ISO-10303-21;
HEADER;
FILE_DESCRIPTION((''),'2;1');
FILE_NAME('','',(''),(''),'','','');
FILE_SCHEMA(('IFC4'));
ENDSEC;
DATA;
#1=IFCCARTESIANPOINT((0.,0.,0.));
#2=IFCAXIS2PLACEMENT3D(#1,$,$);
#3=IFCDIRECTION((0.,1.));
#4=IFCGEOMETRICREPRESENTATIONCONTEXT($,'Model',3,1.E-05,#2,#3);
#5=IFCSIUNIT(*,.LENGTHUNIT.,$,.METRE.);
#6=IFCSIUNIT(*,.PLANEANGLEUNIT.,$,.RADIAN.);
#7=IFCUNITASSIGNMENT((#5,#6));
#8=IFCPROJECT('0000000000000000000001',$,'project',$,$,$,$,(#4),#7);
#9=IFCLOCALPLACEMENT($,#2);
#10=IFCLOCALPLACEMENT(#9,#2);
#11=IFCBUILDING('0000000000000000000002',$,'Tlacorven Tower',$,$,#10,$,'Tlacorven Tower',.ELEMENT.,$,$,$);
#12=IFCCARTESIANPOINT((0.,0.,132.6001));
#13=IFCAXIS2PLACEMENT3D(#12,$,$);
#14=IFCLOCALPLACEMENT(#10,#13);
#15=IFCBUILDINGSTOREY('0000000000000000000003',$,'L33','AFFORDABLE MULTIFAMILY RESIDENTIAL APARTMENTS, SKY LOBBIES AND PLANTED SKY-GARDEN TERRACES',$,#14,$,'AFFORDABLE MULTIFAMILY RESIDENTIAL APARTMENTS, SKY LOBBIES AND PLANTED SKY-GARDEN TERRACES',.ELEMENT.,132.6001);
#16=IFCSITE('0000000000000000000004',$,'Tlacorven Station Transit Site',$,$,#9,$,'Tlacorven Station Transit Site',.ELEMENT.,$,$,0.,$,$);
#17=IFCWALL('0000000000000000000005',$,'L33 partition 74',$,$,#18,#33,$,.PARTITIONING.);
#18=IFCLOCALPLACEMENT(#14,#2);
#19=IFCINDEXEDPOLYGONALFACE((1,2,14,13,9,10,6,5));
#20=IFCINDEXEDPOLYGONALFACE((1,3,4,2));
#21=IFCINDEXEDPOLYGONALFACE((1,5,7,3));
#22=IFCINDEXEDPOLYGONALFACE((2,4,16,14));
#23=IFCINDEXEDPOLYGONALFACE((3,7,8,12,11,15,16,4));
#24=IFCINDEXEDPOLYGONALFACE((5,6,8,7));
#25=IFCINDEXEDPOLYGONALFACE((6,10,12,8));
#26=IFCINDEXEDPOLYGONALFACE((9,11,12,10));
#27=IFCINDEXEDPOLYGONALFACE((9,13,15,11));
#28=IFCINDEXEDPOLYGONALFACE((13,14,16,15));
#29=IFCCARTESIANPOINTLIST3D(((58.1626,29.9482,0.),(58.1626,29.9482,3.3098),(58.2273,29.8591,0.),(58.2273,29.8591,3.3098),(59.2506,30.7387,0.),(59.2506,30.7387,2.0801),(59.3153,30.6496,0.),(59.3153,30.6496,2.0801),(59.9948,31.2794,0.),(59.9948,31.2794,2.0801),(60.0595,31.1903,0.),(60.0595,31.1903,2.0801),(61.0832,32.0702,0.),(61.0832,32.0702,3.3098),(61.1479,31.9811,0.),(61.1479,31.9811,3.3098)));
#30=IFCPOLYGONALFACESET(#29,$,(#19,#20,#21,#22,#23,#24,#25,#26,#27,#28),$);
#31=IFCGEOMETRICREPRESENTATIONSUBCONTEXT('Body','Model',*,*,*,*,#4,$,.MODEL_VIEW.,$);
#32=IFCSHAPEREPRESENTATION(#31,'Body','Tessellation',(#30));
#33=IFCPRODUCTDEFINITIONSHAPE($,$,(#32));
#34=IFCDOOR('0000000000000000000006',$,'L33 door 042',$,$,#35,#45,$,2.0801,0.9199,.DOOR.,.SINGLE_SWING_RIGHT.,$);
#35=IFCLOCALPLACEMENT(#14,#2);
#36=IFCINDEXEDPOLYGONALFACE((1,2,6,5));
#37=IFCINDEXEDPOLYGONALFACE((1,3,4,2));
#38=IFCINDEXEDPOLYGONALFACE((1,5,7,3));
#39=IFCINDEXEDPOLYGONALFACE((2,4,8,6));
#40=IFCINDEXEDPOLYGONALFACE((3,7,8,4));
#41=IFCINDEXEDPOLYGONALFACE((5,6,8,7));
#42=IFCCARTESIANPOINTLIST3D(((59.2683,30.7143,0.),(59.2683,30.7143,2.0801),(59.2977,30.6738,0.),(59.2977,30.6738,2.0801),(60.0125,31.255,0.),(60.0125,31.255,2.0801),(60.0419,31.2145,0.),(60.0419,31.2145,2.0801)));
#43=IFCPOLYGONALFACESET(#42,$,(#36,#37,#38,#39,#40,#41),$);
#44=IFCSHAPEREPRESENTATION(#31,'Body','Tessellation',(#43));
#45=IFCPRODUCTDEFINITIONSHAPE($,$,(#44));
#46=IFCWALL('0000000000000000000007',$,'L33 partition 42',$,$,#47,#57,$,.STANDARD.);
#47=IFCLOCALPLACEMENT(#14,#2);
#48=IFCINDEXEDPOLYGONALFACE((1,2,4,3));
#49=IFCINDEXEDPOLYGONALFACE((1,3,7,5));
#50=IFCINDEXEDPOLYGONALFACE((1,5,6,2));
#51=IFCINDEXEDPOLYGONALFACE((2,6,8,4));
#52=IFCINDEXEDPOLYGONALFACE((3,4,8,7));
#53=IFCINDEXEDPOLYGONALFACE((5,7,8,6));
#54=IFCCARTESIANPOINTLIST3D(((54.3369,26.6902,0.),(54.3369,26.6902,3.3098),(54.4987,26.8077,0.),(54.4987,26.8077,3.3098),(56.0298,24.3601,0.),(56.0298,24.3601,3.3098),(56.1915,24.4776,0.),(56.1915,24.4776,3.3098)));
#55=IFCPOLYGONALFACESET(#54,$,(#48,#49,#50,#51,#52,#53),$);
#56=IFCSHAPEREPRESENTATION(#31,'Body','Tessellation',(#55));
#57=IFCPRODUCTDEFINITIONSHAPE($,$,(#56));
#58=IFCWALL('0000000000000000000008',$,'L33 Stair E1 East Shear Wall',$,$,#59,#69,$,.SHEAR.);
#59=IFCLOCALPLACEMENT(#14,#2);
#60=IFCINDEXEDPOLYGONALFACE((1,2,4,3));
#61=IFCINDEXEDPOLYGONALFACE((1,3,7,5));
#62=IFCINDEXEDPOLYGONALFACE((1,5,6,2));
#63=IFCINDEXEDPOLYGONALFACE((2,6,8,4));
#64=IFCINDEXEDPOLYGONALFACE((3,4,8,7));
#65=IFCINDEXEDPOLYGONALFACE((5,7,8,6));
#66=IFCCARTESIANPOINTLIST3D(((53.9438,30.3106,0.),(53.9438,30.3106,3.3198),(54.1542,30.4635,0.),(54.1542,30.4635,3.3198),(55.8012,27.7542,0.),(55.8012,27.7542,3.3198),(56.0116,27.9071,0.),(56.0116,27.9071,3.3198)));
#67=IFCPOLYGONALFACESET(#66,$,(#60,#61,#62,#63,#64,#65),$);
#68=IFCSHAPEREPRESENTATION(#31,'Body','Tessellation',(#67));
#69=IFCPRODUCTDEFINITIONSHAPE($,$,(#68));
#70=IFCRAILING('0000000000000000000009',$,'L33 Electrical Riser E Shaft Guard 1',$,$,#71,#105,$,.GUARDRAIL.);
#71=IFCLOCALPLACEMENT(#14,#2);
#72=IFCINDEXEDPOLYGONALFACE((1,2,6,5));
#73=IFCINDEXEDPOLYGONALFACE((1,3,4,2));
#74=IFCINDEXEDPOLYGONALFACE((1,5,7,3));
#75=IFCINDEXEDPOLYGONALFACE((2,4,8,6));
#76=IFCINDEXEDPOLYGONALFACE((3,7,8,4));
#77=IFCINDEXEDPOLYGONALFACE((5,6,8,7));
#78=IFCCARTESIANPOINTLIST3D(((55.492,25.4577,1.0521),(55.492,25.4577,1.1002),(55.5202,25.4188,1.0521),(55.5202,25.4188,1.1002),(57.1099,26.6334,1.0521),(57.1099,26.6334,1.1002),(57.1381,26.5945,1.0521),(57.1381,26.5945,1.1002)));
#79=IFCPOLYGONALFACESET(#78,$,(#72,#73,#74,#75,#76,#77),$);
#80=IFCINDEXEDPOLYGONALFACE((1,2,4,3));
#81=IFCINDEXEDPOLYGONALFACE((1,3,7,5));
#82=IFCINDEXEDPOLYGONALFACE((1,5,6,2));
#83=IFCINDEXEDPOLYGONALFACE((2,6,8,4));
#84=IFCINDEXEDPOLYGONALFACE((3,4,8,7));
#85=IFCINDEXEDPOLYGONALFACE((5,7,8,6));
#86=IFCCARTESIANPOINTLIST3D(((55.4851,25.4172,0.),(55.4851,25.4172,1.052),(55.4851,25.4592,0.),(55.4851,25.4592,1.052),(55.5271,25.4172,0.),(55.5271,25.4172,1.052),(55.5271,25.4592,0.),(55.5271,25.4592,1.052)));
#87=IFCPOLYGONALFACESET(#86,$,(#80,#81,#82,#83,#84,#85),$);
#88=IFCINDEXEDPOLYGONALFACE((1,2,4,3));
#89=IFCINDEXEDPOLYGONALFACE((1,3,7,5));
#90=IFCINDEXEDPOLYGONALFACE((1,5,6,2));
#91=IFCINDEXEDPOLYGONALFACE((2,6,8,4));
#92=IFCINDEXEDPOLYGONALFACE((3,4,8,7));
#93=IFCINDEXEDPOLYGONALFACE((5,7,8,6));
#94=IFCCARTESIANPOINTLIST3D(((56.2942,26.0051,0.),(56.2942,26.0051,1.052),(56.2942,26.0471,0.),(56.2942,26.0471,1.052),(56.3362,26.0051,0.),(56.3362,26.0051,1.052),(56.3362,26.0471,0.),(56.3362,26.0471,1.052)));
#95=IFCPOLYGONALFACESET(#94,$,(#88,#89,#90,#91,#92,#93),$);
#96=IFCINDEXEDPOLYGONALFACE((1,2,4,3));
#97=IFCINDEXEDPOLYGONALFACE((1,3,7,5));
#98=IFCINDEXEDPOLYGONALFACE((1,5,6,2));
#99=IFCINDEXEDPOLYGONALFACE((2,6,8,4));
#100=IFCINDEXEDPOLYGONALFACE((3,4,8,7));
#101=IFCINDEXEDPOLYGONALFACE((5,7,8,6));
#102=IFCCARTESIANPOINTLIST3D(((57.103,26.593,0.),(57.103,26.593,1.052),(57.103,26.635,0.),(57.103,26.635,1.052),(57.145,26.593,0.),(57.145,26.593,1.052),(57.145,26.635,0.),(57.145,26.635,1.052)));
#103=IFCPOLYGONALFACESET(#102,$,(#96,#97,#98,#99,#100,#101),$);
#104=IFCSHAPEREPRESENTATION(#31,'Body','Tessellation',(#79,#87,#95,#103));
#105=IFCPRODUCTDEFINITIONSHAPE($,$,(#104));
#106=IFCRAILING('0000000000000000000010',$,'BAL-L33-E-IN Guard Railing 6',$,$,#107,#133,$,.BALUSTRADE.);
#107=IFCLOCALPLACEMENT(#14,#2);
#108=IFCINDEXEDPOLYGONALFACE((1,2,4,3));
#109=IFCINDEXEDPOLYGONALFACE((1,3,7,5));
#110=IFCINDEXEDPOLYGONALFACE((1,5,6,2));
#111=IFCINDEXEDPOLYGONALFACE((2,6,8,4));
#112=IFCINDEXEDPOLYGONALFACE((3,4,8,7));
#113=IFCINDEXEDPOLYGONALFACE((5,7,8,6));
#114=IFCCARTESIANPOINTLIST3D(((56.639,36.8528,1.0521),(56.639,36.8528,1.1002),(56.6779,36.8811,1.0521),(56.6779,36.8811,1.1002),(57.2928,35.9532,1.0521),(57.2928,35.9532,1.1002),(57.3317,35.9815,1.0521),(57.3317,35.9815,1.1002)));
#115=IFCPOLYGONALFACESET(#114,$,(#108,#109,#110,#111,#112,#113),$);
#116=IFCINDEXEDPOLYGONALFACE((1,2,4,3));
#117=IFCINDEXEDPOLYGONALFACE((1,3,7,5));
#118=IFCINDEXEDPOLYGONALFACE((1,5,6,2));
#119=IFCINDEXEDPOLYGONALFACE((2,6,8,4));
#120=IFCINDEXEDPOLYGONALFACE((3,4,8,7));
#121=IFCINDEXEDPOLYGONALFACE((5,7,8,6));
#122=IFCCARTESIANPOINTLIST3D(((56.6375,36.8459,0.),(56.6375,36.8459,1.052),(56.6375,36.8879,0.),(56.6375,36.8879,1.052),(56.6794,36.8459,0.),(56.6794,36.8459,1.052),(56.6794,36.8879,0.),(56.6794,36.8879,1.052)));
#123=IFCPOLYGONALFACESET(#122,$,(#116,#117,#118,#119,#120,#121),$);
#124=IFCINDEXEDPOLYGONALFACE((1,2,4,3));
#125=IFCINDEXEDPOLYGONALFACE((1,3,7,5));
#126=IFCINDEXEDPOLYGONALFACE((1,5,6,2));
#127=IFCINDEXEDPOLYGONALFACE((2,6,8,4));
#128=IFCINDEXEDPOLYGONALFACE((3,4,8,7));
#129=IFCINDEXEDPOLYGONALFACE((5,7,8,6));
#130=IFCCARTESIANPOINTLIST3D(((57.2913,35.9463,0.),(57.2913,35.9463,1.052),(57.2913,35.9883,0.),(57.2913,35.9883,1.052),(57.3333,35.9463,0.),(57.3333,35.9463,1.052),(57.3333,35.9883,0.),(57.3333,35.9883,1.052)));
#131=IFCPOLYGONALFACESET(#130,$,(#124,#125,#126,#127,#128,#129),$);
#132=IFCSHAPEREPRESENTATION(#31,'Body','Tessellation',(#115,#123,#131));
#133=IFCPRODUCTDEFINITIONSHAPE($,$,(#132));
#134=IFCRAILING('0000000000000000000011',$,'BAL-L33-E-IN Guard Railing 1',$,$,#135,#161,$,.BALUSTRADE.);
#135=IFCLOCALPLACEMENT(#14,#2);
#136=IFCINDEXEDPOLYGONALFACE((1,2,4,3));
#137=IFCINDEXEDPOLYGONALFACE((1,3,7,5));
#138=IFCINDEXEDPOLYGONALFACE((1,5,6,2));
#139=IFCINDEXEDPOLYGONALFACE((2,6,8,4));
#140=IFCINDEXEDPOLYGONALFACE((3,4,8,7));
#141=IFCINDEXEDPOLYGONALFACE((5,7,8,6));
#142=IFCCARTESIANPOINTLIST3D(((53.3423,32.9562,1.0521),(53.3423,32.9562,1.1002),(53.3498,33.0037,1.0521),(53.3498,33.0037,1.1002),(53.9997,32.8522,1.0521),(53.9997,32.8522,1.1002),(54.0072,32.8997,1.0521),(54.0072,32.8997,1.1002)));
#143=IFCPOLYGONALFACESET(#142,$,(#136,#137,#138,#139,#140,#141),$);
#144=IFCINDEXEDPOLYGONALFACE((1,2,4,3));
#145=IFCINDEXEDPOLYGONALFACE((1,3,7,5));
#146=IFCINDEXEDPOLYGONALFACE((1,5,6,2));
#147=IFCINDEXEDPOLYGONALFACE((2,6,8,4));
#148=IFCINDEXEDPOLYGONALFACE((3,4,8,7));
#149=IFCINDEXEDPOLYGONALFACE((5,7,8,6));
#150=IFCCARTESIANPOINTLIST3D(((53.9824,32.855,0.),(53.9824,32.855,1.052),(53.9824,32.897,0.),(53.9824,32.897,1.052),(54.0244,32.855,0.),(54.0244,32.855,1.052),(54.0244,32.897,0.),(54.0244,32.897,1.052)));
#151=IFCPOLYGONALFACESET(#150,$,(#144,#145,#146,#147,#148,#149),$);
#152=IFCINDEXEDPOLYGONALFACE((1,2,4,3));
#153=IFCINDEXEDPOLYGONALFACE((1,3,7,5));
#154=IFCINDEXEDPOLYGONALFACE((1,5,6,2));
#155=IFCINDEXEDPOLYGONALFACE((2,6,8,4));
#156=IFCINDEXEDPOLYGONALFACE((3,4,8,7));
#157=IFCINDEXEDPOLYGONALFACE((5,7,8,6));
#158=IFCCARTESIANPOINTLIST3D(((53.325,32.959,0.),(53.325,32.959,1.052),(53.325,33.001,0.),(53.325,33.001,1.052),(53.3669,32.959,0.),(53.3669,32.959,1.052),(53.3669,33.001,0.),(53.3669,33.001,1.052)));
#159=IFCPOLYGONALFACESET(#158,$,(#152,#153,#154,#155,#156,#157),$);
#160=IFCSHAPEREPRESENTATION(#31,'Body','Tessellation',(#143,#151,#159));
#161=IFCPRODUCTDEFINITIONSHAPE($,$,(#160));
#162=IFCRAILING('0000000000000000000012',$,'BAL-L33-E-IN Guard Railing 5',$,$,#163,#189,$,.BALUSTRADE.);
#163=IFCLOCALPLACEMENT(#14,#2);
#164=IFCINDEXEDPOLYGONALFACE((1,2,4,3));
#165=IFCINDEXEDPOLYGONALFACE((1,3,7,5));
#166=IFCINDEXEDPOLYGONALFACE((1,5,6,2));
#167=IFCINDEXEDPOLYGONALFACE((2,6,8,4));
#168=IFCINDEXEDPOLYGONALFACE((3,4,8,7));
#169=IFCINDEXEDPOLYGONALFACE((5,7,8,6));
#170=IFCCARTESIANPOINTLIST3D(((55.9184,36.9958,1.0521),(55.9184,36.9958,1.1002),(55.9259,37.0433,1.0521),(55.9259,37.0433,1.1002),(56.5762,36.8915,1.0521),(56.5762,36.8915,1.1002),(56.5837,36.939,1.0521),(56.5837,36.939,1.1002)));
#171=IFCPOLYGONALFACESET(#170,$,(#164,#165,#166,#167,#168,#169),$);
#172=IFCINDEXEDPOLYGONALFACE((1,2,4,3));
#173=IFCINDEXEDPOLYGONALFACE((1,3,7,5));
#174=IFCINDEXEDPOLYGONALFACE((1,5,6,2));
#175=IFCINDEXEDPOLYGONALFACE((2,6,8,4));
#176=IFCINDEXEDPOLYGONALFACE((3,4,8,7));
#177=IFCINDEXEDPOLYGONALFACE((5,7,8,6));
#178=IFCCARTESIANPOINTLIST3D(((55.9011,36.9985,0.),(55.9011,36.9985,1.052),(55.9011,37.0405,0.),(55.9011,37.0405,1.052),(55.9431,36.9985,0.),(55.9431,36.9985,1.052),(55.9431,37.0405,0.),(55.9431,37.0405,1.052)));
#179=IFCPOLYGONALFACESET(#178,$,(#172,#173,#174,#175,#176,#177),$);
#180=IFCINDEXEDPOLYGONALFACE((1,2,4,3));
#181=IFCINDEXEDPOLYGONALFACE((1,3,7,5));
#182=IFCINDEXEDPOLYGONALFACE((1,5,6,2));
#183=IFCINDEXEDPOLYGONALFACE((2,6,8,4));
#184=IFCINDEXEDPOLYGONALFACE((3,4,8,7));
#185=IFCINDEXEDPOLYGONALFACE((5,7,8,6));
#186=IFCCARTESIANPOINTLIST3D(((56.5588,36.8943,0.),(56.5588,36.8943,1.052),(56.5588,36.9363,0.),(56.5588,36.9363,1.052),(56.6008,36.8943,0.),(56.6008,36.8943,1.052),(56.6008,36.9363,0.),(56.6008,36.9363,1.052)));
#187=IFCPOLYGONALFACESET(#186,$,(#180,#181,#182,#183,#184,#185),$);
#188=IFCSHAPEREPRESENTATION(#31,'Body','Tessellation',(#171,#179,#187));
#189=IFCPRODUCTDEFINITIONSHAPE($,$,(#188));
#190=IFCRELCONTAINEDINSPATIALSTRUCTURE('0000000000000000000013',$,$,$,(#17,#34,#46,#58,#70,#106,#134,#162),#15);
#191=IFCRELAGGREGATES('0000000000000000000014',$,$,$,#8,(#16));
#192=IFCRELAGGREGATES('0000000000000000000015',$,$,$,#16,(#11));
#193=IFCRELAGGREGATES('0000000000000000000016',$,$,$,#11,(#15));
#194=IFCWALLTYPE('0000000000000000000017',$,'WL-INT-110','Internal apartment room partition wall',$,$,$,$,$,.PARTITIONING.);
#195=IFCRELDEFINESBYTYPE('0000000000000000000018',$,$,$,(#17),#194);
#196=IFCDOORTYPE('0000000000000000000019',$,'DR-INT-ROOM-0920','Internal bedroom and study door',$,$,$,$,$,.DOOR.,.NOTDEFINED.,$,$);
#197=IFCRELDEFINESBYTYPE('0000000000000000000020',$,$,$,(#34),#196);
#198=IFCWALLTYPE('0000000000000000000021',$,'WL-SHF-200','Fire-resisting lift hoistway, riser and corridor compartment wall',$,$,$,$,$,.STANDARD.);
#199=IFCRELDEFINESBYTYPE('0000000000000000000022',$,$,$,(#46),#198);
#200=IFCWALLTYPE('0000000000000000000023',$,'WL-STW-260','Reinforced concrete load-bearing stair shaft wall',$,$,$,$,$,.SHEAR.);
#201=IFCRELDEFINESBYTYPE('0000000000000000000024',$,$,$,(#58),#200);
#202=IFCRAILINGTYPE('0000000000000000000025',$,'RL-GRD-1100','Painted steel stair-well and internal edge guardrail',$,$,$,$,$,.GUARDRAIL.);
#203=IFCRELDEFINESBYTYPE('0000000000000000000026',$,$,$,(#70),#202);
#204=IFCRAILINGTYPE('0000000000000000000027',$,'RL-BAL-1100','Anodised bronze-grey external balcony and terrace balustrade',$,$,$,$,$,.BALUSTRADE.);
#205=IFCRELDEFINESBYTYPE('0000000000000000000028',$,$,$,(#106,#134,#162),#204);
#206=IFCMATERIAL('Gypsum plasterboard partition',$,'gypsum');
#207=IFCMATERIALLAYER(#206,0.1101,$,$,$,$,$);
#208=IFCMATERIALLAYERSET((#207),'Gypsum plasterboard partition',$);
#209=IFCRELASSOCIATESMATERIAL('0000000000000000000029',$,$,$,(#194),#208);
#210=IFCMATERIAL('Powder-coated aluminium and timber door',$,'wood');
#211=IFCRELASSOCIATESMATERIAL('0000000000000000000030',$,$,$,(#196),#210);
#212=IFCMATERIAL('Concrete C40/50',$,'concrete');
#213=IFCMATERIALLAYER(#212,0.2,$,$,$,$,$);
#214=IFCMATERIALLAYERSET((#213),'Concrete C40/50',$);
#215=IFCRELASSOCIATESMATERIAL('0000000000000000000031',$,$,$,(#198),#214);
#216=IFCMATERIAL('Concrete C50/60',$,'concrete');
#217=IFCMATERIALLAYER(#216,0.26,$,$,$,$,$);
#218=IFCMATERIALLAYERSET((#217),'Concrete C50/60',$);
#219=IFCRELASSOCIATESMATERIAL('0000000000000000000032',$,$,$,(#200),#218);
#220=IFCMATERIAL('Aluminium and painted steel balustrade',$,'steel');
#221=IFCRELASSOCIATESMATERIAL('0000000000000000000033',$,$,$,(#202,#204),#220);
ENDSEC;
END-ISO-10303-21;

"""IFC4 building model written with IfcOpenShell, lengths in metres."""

from ifc_helpers import new_model, si_unit, direction, frame, frame_2d, origin, origin_2d, place, context, subcontext, project, spatial, rectangle, extrude, source, transform, mapped, material, layer, layer_set, type_object, element, fill, save


model = new_model("IFC4")

# Units and contexts
model_context = context("Model", 3, precision=1e-05, world=origin(), true_north=direction((0.0, 1.0)))
body_context = subcontext(model_context, "Body", "Model", "MODEL_VIEW")
ifc_project = project(units=[si_unit("LENGTHUNIT", "METRE"), si_unit("PLANEANGLEUNIT", "RADIAN")], contexts=[model_context])

# Site, building, storey
site_placement = place(None, origin())
site = spatial("IfcSite", under=ifc_project, at=site_placement, Name="Tlacorven Station Transit Site", LongName="Tlacorven Station Transit Site", CompositionType="ELEMENT", RefElevation=0.0)
building_placement = place(site_placement, origin())
building = spatial("IfcBuilding", under=site, at=building_placement, Name="Tlacorven Tower", LongName="Tlacorven Tower", CompositionType="ELEMENT")
storey_placement = place(building_placement, frame((0.0, 0.0, 132.6001)))
storey = spatial("IfcBuildingStorey", under=building, at=storey_placement, Name="L33", Description="AFFORDABLE MULTIFAMILY RESIDENTIAL APARTMENTS, SKY LOBBIES AND PLANTED SKY-GARDEN TERRACES", LongName="AFFORDABLE MULTIFAMILY RESIDENTIAL APARTMENTS, SKY LOBBIES AND PLANTED SKY-GARDEN TERRACES", CompositionType="ELEMENT", Elevation=132.6001)

# Wall, opening, door
ifc_material_1 = material(Name="Gypsum plasterboard partition", Category="gypsum")
ifc_layer_1 = layer(ifc_material_1, 0.1101)
ifc_layer_set_1 = layer_set([ifc_layer_1], Name="Gypsum plasterboard partition")
wall_type_1 = type_object("IfcWallType", Name="WL-INT-110", Description="Internal apartment room partition wall", PredefinedType="PARTITIONING", material=ifc_layer_set_1)
wall_1_placement = place(storey_placement, frame((58.1948, 29.9036, 0.0), z_axis=(0.0, 0.0, 1.0), x_axis=(0.809005, 0.587802, 0.0)))
wall_1 = element("IfcWall", 1, at=wall_1_placement, inside=storey, type_object=wall_type_1, Name="L33 partition 74", PredefinedType="PARTITIONING", context=body_context, shape_type="SweptSolid", body=[
    extrude(rectangle(XDim=3.6101, YDim=0.1101, at=frame_2d((1.8052, 0.0))), origin(), (0.0, 0.0, 1.0), 3.3098),
])
opening_1_placement = place(wall_1_placement, frame((1.345, 0.0, 0.0)))
opening_1 = element("IfcOpeningElement", 2, at=opening_1_placement, cuts=wall_1, PredefinedType="OPENING", context=body_context, shape_type="SweptSolid", body=[
    extrude(rectangle(XDim=0.9199, YDim=2.0801, at=frame_2d((0.46, 1.04))), frame((0.0, 0.0649, 0.0), z_axis=(0.0, -1.0, 0.0), x_axis=(1.0, 0.0, 0.0)), (0.0, 0.0, 1.0), 0.1301),
])
ifc_material_2 = material(Name="Powder-coated aluminium and timber door", Category="wood")
door_type_1 = type_object("IfcDoorType", Name="DR-INT-ROOM-0920", Description="Internal bedroom and study door", OperationType="NOTDEFINED", PredefinedType="DOOR", material=ifc_material_2)
shared_shape_1 = source(origin(), body_context, "Body", "SweptSolid", [
    extrude(rectangle(XDim=0.9199, YDim=2.0801, at=frame_2d((0.46, 1.04))), frame((0.0, 0.0249, 0.0), z_axis=(0.0, -1.0, 0.0), x_axis=(1.0, 0.0, 0.0)), (0.0, 0.0, 1.0), 0.05),
])
door_1_placement = place(opening_1_placement, origin())
door_1 = element("IfcDoor", 3, at=door_1_placement, inside=storey, type_object=door_type_1, Name="L33 door 042", OperationType="SINGLE_SWING_RIGHT", OverallHeight=2.0801, OverallWidth=0.9199, PredefinedType="DOOR", context=body_context, shape_type="MappedRepresentation", body=[
    mapped(shared_shape_1, transform((0.0, 0.0, 0.0), scale=1.0)),
])
fill(opening_1, door_1)

# Walls
ifc_material_3 = material(Name="Concrete C40/50", Category="concrete")
ifc_layer_2 = layer(ifc_material_3, 0.2)
ifc_layer_set_2 = layer_set([ifc_layer_2], Name="Concrete C40/50")
wall_type_2 = type_object("IfcWallType", Name="WL-SHF-200", Description="Fire-resisting lift hoistway, riser and corridor compartment wall", PredefinedType="STANDARD", material=ifc_layer_set_2)
wall_2_placement = place(storey_placement, frame((56.1106, 24.4189, 0.0), z_axis=(0.0, 0.0, 1.0), x_axis=(-0.587778, 0.809022, 0.0)))
element("IfcWall", 4, at=wall_2_placement, inside=storey, type_object=wall_type_2, Name="L33 partition 42", PredefinedType="STANDARD", context=body_context, shape_type="SweptSolid", body=[
    extrude(rectangle(XDim=2.8801, YDim=0.2, at=frame_2d((1.4399, 0.0))), origin(), (0.0, 0.0, 1.0), 3.3098),
])
ifc_material_4 = material(Name="Concrete C50/60", Category="concrete")
ifc_layer_3 = layer(ifc_material_4, 0.26)
ifc_layer_set_3 = layer_set([ifc_layer_3], Name="Concrete C50/60")
wall_type_3 = type_object("IfcWallType", Name="WL-STW-260", Description="Reinforced concrete load-bearing stair shaft wall", PredefinedType="SHEAR", material=ifc_layer_set_3)
wall_3_placement = place(storey_placement, frame((55.9065, 27.8306, 0.0), z_axis=(0.0, 0.0, 1.0), x_axis=(-0.587804, 0.809003, 0.0)))
element("IfcWall", 5, at=wall_3_placement, inside=storey, type_object=wall_type_3, Name="L33 Stair E1 East Shear Wall", PredefinedType="SHEAR", context=body_context, shape_type="SweptSolid", body=[
    extrude(rectangle(XDim=3.1599, YDim=0.26, at=frame_2d((1.5801, 0.0))), origin(), (0.0, 0.0, 1.0), 3.3198),
])

# Railings
ifc_material_5 = material(Name="Aluminium and painted steel balustrade", Category="steel")
railing_type_1 = type_object("IfcRailingType", Name="RL-GRD-1100", Description="Painted steel stair-well and internal edge guardrail", PredefinedType="GUARDRAIL", material=ifc_material_5)
shared_shape_2 = source(origin(), body_context, "Body", "SweptSolid", [
    extrude(rectangle(XDim=0.0481, YDim=0.0481, at=origin_2d()), frame((0.0, 0.0, 1.0762), z_axis=(0.808947, 0.587881, 0.0), x_axis=(-0.587881, 0.808947, 0.0)), (0.0, 0.0, 1.0), 2.0),
    extrude(rectangle(XDim=0.042, YDim=0.042, at=origin_2d()), origin(), (0.0, 0.0, 1.0), 1.052),
    extrude(rectangle(XDim=0.042, YDim=0.042, at=origin_2d()), frame((0.8091, 0.5879, 0.0)), (0.0, 0.0, 1.0), 1.052),
    extrude(rectangle(XDim=0.042, YDim=0.042, at=origin_2d()), frame((1.6179, 1.1758, 0.0)), (0.0, 0.0, 1.0), 1.052),
])
railing_1_placement = place(storey_placement, frame((55.5061, 25.4382, 0.0)))
element("IfcRailing", 6, at=railing_1_placement, inside=storey, type_object=railing_type_1, Name="L33 Electrical Riser E Shaft Guard 1", PredefinedType="GUARDRAIL", context=body_context, shape_type="MappedRepresentation", body=[
    mapped(shared_shape_2, transform((0.0, 0.0, 0.0), scale=1.0)),
])
railing_type_2 = type_object("IfcRailingType", Name="RL-BAL-1100", Description="Anodised bronze-grey external balcony and terrace balustrade", PredefinedType="BALUSTRADE", material=ifc_material_5)
shared_shape_3 = source(origin(), body_context, "Body", "SweptSolid", [
    extrude(rectangle(XDim=0.0481, YDim=0.0481, at=origin_2d()), frame((0.0, 0.0, 1.0762), z_axis=(0.587884, -0.808945, 0.0), x_axis=(0.808945, 0.587884, 0.0)), (0.0, 0.0, 1.0), 1.1121),
    extrude(rectangle(XDim=0.042, YDim=0.042, at=origin_2d()), origin(), (0.0, 0.0, 1.0), 1.052),
    extrude(rectangle(XDim=0.042, YDim=0.042, at=origin_2d()), frame((0.6538, -0.8997, 0.0)), (0.0, 0.0, 1.0), 1.052),
])
railing_2_placement = place(storey_placement, frame((56.6584, 36.8669, 0.0)))
element("IfcRailing", 7, at=railing_2_placement, inside=storey, type_object=railing_type_2, Name="BAL-L33-E-IN Guard Railing 6", PredefinedType="BALUSTRADE", context=body_context, shape_type="MappedRepresentation", body=[
    mapped(shared_shape_3, transform((0.0, 0.0, 0.0), scale=1.0)),
])
shared_shape_4 = source(origin(), body_context, "Body", "SweptSolid", [
    extrude(rectangle(XDim=0.0481, YDim=0.0481, at=origin_2d()), frame((0.0, 0.0, 1.0762), z_axis=(-0.987718, 0.156245, 0.0), x_axis=(-0.156245, -0.987718, 0.0)), (0.0, 0.0, 1.0), 0.6655),
    extrude(rectangle(XDim=0.042, YDim=0.042, at=origin_2d()), origin(), (0.0, 0.0, 1.0), 1.052),
    extrude(rectangle(XDim=0.042, YDim=0.042, at=origin_2d()), frame((-0.6575, 0.104, 0.0)), (0.0, 0.0, 1.0), 1.052),
])
railing_3_placement = place(storey_placement, frame((54.0034, 32.876, 0.0)))
element("IfcRailing", 8, at=railing_3_placement, inside=storey, type_object=railing_type_2, Name="BAL-L33-E-IN Guard Railing 1", PredefinedType="BALUSTRADE", context=body_context, shape_type="MappedRepresentation", body=[
    mapped(shared_shape_4, transform((0.0, 0.0, 0.0), scale=1.0)),
])
shared_shape_5 = source(origin(), body_context, "Body", "SweptSolid", [
    extrude(rectangle(XDim=0.0481, YDim=0.0481, at=origin_2d()), frame((0.0, 0.0, 1.0762), z_axis=(0.987671, -0.156546, 0.0), x_axis=(0.156546, 0.987671, 0.0)), (0.0, 0.0, 1.0), 0.666),
    extrude(rectangle(XDim=0.042, YDim=0.042, at=origin_2d()), origin(), (0.0, 0.0, 1.0), 1.052),
    extrude(rectangle(XDim=0.042, YDim=0.042, at=origin_2d()), frame((0.6577, -0.1042, 0.0)), (0.0, 0.0, 1.0), 1.052),
])
railing_4_placement = place(storey_placement, frame((55.9221, 37.0195, 0.0)))
element("IfcRailing", 9, at=railing_4_placement, inside=storey, type_object=railing_type_2, Name="BAL-L33-E-IN Guard Railing 5", PredefinedType="BALUSTRADE", context=body_context, shape_type="MappedRepresentation", body=[
    mapped(shared_shape_5, transform((0.0, 0.0, 0.0), scale=1.0)),
])

save(model, "model.ifc")
